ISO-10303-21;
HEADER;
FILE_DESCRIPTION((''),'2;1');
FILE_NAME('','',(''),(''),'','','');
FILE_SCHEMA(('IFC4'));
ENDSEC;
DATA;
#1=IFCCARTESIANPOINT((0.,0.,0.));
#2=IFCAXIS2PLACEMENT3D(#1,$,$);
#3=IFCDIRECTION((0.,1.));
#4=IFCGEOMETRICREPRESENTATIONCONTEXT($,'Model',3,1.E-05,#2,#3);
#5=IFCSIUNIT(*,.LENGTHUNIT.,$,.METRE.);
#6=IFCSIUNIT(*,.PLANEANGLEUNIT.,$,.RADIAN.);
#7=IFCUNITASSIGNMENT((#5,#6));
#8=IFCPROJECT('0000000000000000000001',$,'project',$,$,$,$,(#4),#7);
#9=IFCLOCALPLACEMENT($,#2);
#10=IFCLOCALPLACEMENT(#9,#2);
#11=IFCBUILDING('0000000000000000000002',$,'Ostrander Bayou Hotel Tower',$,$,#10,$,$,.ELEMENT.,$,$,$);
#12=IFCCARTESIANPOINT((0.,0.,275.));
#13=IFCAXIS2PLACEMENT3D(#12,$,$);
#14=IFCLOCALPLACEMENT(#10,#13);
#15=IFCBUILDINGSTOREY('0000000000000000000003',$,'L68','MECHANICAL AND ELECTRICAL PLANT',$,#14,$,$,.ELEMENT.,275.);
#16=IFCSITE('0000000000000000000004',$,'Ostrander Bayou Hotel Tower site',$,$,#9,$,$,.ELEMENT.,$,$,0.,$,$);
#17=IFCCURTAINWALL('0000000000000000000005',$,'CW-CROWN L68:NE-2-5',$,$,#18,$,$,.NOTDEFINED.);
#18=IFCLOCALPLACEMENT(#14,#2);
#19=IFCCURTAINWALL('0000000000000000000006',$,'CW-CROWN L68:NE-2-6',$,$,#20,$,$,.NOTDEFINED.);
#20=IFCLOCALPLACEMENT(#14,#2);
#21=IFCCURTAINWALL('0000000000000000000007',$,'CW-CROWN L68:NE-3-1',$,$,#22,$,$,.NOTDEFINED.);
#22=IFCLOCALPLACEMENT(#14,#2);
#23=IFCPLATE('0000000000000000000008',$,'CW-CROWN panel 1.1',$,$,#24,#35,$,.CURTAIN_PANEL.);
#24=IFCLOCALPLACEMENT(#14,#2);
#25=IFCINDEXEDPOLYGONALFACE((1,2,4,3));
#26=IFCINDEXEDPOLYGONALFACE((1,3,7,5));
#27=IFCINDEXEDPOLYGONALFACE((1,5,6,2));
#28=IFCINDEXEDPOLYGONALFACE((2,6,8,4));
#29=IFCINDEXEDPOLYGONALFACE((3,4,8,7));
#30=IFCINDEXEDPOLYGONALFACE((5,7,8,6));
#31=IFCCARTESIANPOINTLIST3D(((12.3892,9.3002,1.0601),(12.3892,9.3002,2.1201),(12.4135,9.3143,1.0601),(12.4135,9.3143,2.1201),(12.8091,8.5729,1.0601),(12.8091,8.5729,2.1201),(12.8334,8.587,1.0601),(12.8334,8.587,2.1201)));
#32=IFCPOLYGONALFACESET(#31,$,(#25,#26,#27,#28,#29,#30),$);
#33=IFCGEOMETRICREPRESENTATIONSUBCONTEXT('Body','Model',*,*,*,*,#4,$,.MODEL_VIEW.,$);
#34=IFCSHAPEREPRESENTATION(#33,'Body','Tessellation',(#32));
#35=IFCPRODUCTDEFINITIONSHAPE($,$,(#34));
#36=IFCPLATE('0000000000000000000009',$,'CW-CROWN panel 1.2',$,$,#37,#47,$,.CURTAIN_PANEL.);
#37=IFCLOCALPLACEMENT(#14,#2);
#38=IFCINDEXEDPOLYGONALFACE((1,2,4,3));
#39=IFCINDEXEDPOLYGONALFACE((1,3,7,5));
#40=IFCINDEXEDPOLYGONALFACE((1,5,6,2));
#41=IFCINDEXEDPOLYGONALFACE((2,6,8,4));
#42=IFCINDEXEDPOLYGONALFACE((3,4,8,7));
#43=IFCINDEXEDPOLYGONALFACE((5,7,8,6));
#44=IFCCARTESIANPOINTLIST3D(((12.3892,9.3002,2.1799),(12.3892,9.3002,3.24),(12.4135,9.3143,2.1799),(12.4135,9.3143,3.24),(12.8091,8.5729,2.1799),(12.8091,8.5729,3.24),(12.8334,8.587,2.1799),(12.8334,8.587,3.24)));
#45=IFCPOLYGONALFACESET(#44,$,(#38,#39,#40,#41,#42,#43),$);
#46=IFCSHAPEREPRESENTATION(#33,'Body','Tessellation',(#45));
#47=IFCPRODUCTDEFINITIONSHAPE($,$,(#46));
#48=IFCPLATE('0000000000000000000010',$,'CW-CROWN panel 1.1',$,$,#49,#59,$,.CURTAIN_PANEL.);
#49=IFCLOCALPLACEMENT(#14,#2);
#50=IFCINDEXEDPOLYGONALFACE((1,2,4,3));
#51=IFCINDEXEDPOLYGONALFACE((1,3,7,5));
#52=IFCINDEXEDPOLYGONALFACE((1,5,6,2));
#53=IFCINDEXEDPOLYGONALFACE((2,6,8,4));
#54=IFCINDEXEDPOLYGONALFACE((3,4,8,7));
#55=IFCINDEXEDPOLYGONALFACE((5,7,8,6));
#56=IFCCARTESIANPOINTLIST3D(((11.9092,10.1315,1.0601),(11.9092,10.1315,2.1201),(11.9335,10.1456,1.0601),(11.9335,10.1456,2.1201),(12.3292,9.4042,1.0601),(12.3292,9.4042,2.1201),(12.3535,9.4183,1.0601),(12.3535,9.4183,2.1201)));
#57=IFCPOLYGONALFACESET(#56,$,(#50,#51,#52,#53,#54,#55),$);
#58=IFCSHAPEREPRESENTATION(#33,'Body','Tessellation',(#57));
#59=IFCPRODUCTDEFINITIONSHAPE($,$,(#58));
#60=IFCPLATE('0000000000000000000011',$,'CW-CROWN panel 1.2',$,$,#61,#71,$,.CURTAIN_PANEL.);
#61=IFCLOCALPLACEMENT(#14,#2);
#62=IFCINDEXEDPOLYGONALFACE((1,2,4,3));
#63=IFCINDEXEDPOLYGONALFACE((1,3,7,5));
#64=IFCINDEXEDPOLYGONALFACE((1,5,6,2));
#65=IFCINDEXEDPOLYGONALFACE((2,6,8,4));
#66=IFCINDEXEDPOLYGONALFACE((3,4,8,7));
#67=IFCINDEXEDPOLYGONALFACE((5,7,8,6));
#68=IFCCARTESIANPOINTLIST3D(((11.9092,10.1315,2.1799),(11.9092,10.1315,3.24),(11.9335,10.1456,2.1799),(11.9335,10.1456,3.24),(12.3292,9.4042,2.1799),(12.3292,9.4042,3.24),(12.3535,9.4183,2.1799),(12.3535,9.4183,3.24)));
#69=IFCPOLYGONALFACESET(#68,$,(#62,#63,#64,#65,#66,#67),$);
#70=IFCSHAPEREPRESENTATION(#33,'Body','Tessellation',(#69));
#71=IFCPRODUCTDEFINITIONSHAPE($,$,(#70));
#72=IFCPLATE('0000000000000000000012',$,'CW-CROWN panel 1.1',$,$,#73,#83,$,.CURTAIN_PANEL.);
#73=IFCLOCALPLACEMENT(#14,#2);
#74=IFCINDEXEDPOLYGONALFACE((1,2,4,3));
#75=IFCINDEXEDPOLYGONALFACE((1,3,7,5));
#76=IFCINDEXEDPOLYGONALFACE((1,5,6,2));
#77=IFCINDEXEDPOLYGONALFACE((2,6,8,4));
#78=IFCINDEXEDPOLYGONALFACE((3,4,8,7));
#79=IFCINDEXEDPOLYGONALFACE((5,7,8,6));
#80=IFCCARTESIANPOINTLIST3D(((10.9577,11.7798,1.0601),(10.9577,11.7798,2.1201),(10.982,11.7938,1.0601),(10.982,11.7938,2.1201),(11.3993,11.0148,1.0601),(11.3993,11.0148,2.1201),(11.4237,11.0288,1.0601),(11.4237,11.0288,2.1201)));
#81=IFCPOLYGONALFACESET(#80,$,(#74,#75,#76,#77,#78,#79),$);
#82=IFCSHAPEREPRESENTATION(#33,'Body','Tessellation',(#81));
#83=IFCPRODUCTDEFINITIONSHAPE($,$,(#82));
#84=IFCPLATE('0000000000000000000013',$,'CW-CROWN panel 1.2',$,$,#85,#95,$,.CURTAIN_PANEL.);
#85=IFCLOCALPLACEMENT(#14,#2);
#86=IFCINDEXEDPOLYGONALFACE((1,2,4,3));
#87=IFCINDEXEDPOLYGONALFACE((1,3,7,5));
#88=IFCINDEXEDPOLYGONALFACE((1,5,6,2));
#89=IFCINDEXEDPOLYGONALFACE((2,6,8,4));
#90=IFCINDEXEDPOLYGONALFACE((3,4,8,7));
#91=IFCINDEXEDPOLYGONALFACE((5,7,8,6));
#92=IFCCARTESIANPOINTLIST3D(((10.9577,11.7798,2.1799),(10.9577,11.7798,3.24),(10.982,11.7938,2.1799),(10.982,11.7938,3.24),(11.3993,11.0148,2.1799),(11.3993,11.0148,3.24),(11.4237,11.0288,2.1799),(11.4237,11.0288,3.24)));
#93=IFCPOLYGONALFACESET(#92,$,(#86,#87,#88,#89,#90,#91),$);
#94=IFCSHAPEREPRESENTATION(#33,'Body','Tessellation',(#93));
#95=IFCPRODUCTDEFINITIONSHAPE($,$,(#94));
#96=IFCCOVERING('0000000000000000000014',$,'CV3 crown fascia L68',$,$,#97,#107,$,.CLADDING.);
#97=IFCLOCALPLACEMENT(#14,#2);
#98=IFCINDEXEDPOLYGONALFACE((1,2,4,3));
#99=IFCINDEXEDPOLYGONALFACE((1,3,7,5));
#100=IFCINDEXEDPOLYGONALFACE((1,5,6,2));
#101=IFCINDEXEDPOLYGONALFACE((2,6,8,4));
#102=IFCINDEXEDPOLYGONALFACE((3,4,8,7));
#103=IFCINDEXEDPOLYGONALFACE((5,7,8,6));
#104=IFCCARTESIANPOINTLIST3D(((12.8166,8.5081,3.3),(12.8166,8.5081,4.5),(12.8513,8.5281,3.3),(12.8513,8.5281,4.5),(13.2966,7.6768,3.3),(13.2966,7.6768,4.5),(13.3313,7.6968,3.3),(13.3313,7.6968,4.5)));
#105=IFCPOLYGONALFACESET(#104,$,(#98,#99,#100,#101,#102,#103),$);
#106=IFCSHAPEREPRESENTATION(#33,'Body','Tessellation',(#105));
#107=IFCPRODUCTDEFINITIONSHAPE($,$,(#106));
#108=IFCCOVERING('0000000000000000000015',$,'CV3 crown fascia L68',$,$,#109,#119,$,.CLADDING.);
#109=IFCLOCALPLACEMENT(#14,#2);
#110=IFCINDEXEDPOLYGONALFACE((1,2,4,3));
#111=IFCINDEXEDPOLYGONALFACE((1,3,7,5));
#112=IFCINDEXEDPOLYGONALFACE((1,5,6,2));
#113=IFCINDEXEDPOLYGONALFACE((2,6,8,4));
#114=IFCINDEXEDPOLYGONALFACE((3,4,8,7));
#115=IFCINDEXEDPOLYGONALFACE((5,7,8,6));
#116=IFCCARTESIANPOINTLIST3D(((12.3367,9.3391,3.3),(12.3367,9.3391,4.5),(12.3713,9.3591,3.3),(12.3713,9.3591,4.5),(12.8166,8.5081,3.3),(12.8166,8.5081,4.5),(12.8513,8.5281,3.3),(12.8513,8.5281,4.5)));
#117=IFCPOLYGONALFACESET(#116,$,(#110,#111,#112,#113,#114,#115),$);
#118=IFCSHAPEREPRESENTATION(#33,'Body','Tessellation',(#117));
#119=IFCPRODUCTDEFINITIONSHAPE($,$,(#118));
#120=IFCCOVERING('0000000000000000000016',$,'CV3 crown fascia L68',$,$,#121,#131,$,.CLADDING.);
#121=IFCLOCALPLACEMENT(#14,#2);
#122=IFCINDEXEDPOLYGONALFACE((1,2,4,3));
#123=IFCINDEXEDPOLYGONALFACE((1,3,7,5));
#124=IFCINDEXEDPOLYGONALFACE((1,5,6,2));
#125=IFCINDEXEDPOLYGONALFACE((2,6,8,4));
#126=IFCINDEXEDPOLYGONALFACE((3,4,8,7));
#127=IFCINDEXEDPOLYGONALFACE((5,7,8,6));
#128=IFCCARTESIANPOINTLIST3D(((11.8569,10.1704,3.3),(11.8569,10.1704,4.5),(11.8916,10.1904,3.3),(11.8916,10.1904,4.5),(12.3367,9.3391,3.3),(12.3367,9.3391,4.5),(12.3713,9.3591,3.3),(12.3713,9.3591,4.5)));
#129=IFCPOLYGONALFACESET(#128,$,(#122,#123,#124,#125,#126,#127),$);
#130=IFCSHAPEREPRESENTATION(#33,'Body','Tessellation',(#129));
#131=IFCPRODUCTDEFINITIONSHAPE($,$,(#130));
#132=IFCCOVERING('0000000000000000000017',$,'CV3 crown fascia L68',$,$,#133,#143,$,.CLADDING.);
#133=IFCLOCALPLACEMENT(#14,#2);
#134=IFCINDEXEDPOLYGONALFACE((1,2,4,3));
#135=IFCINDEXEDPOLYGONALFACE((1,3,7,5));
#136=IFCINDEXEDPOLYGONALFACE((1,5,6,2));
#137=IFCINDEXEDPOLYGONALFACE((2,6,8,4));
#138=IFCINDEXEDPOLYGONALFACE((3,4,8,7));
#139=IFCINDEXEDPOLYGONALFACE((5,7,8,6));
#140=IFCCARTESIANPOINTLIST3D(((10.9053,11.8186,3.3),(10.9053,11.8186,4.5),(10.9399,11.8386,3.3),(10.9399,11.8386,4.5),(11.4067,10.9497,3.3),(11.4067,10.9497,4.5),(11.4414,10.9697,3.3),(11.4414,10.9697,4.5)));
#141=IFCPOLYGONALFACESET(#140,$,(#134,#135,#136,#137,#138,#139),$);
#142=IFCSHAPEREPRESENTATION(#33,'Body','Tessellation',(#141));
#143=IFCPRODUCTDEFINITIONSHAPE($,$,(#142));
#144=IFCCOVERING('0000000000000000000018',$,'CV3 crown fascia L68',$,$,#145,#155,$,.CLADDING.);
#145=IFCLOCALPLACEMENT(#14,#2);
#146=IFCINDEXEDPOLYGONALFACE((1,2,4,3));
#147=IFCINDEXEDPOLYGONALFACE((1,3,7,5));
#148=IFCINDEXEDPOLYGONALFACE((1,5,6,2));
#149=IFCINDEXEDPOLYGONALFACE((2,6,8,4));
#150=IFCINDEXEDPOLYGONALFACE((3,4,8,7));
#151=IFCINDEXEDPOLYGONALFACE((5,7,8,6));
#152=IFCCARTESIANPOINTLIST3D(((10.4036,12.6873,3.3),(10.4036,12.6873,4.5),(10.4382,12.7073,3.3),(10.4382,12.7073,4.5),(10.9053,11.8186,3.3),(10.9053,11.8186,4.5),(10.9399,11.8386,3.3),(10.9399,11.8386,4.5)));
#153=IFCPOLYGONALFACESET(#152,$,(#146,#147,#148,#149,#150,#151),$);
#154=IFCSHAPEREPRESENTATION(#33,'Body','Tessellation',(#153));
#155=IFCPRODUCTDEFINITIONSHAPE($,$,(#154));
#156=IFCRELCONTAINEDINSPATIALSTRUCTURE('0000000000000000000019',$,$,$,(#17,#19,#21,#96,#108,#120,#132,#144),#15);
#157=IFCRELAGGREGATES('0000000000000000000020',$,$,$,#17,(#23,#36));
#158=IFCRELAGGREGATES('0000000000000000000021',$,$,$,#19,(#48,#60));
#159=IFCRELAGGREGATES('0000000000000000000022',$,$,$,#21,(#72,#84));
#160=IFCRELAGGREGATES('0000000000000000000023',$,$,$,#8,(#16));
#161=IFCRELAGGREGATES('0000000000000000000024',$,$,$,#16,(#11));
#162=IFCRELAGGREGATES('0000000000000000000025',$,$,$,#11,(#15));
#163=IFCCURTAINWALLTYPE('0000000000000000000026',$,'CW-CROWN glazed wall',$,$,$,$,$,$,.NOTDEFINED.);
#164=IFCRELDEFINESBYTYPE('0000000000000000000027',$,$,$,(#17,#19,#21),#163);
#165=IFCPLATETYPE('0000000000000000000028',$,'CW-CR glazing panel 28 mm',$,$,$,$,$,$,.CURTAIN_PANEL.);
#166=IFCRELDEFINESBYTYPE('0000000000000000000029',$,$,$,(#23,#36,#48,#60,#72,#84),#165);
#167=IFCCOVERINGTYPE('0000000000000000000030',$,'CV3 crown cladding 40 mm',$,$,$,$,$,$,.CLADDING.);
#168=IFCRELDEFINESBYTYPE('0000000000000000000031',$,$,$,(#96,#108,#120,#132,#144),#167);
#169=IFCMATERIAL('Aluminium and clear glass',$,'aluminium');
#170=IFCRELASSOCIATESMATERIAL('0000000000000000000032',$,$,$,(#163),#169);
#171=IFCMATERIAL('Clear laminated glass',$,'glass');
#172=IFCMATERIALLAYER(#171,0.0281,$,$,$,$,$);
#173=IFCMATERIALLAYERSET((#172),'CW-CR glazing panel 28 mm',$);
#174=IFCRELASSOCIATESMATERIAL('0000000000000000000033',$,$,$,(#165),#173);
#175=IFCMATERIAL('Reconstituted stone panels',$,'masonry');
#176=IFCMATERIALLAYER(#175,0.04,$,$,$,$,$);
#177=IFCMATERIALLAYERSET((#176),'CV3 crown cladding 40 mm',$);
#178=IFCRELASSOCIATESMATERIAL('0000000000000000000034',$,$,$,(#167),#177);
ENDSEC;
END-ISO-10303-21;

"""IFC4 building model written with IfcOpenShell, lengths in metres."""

from ifc_helpers import new_model, si_unit, direction, frame, origin, origin_2d, place, context, subcontext, project, spatial, polyline, rectangle, outline, extrude, material, layer, layer_set, type_object, element, aggregate, save


model = new_model("IFC4")

# Units and contexts
model_context = context("Model", 3, precision=1e-05, world=origin(), true_north=direction((0.0, 1.0)))
body_context = subcontext(model_context, "Body", "Model", "MODEL_VIEW")
ifc_project = project(units=[si_unit("LENGTHUNIT", "METRE"), si_unit("PLANEANGLEUNIT", "RADIAN")], contexts=[model_context])

# Site, building, storey
site_placement = place(None, origin())
site = spatial("IfcSite", under=ifc_project, at=site_placement, Name="Ostrander Bayou Hotel Tower site", CompositionType="ELEMENT", RefElevation=0.0)
building_placement = place(site_placement, origin())
building = spatial("IfcBuilding", under=site, at=building_placement, Name="Ostrander Bayou Hotel Tower", CompositionType="ELEMENT")
storey_placement = place(building_placement, frame((0.0, 0.0, 275.0)))
storey = spatial("IfcBuildingStorey", under=building, at=storey_placement, Name="L68", Description="MECHANICAL AND ELECTRICAL PLANT", CompositionType="ELEMENT", Elevation=275.0)

# Curtain walls
ifc_material_1 = material(Name="Aluminium and clear glass", Category="aluminium")
curtain_wall_type = type_object("IfcCurtainWallType", Name="CW-CROWN glazed wall", PredefinedType="NOTDEFINED", material=ifc_material_1)
curtain_wall_1_placement = place(storey_placement, origin())
curtain_wall_1 = element("IfcCurtainWall", 1, at=curtain_wall_1_placement, inside=storey, type_object=curtain_wall_type, Name="CW-CROWN L68:NE-2-5", PredefinedType="NOTDEFINED")
curtain_wall_2_placement = place(storey_placement, origin())
curtain_wall_2 = element("IfcCurtainWall", 2, at=curtain_wall_2_placement, inside=storey, type_object=curtain_wall_type, Name="CW-CROWN L68:NE-2-6", PredefinedType="NOTDEFINED")
curtain_wall_3_placement = place(storey_placement, origin())
curtain_wall_3 = element("IfcCurtainWall", 3, at=curtain_wall_3_placement, inside=storey, type_object=curtain_wall_type, Name="CW-CROWN L68:NE-3-1", PredefinedType="NOTDEFINED")

# Plates
ifc_material_2 = material(Name="Clear laminated glass", Category="glass")
ifc_layer_1 = layer(ifc_material_2, 0.0281)
ifc_layer_set_1 = layer_set([ifc_layer_1], Name="CW-CR glazing panel 28 mm")
plate_type = type_object("IfcPlateType", Name="CW-CR glazing panel 28 mm", PredefinedType="CURTAIN_PANEL", material=ifc_layer_set_1)
plate_1_placement = place(storey_placement, frame((12.6113, 8.9436, 1.0601), z_axis=(0.0, 0.0, 1.0), x_axis=(-0.500005, 0.866022, 0.0)))
plate_1 = element("IfcPlate", 4, at=plate_1_placement, type_object=plate_type, Name="CW-CROWN panel 1.1", PredefinedType="CURTAIN_PANEL", context=body_context, shape_type="SweptSolid", body=[
    extrude(rectangle(XDim=0.8398, YDim=0.0281, at=origin_2d()), origin(), (0.0, 0.0, 1.0), 1.0601),
])
plate_2_placement = place(storey_placement, frame((12.6113, 8.9436, 2.1799), z_axis=(0.0, 0.0, 1.0), x_axis=(-0.500005, 0.866022, 0.0)))
plate_2 = element("IfcPlate", 5, at=plate_2_placement, type_object=plate_type, Name="CW-CROWN panel 1.2", PredefinedType="CURTAIN_PANEL", context=body_context, shape_type="SweptSolid", body=[
    extrude(rectangle(XDim=0.8398, YDim=0.0281, at=origin_2d()), origin(), (0.0, 0.0, 1.0), 1.0601),
])
aggregate(curtain_wall_1, [plate_1, plate_2])
plate_3_placement = place(storey_placement, frame((12.1313, 9.7749, 1.0601), z_axis=(0.0, 0.0, 1.0), x_axis=(-0.500005, 0.866022, 0.0)))
plate_3 = element("IfcPlate", 6, at=plate_3_placement, type_object=plate_type, Name="CW-CROWN panel 1.1", PredefinedType="CURTAIN_PANEL", context=body_context, shape_type="SweptSolid", body=[
    extrude(rectangle(XDim=0.8398, YDim=0.0281, at=origin_2d()), origin(), (0.0, 0.0, 1.0), 1.0601),
])
plate_4_placement = place(storey_placement, frame((12.1313, 9.7749, 2.1799), z_axis=(0.0, 0.0, 1.0), x_axis=(-0.500005, 0.866022, 0.0)))
plate_4 = element("IfcPlate", 7, at=plate_4_placement, type_object=plate_type, Name="CW-CROWN panel 1.2", PredefinedType="CURTAIN_PANEL", context=body_context, shape_type="SweptSolid", body=[
    extrude(rectangle(XDim=0.8398, YDim=0.0281, at=origin_2d()), origin(), (0.0, 0.0, 1.0), 1.0601),
])
aggregate(curtain_wall_2, [plate_3, plate_4])
plate_5_placement = place(storey_placement, frame((11.1907, 11.4043, 1.0601), z_axis=(0.0, 0.0, 1.0), x_axis=(-0.499999, 0.866026, 0.0)))
plate_5 = element("IfcPlate", 8, at=plate_5_placement, type_object=plate_type, Name="CW-CROWN panel 1.1", PredefinedType="CURTAIN_PANEL", context=body_context, shape_type="SweptSolid", body=[
    extrude(rectangle(XDim=0.8833, YDim=0.0281, at=origin_2d()), origin(), (0.0, 0.0, 1.0), 1.0601),
])
plate_6_placement = place(storey_placement, frame((11.1907, 11.4043, 2.1799), z_axis=(0.0, 0.0, 1.0), x_axis=(-0.499999, 0.866026, 0.0)))
plate_6 = element("IfcPlate", 9, at=plate_6_placement, type_object=plate_type, Name="CW-CROWN panel 1.2", PredefinedType="CURTAIN_PANEL", context=body_context, shape_type="SweptSolid", body=[
    extrude(rectangle(XDim=0.8833, YDim=0.0281, at=origin_2d()), origin(), (0.0, 0.0, 1.0), 1.0601),
])
aggregate(curtain_wall_3, [plate_5, plate_6])

# Coverings
ifc_material_3 = material(Name="Reconstituted stone panels", Category="masonry")
ifc_layer_2 = layer(ifc_material_3, 0.04)
ifc_layer_set_2 = layer_set([ifc_layer_2], Name="CV3 crown cladding 40 mm")
covering_type = type_object("IfcCoveringType", Name="CV3 crown cladding 40 mm", PredefinedType="CLADDING", material=ifc_layer_set_2)
covering_1_placement = place(storey_placement, frame((13.3313, 7.6968, 3.3), z_axis=(0.866012, 0.500023, 0.0), x_axis=(-0.500023, 0.866012, 0.0)))
element("IfcCovering", 10, at=covering_1_placement, inside=storey, type_object=covering_type, Name="CV3 crown fascia L68", PredefinedType="CLADDING", context=body_context, shape_type="SweptSolid", body=[
    extrude(outline(polyline([(0.0, 0.0), (0.9599, 0.0), (0.9599, 1.2), (0.0, 1.2), (0.0, 0.0)])), origin(), (0.0, 0.0, -1.0), 0.04),
])
covering_2_placement = place(storey_placement, frame((12.8513, 8.5281, 3.3), z_axis=(0.865948, 0.500133, 0.0), x_axis=(-0.500133, 0.865948, 0.0)))
element("IfcCovering", 11, at=covering_2_placement, inside=storey, type_object=covering_type, Name="CV3 crown fascia L68", PredefinedType="CLADDING", context=body_context, shape_type="SweptSolid", body=[
    extrude(outline(polyline([(0.0, 0.0), (0.9597, 0.0), (0.9597, 1.2), (0.0, 1.2), (0.0, 0.0)])), origin(), (0.0, 0.0, -1.0), 0.04),
])
covering_3_placement = place(storey_placement, frame((12.3713, 9.3591, 3.3), z_axis=(0.866122, 0.499833, 0.0), x_axis=(-0.499833, 0.866122, 0.0)))
element("IfcCovering", 12, at=covering_3_placement, inside=storey, type_object=covering_type, Name="CV3 crown fascia L68", PredefinedType="CLADDING", context=body_context, shape_type="SweptSolid", body=[
    extrude(outline(polyline([(0.0, 0.0), (0.9598, 0.0), (0.9598, 1.2), (0.0, 1.2), (0.0, 0.0)])), origin(), (0.0, 0.0, -1.0), 0.04),
])
covering_4_placement = place(storey_placement, frame((11.4414, 10.9697, 3.3), z_axis=(0.866109, 0.499856, 0.0), x_axis=(-0.499856, 0.866109, 0.0)))
element("IfcCovering", 13, at=covering_4_placement, inside=storey, type_object=covering_type, Name="CV3 crown fascia L68", PredefinedType="CLADDING", context=body_context, shape_type="SweptSolid", body=[
    extrude(outline(polyline([(0.0, 0.0), (1.0032, 0.0), (1.0032, 1.2), (0.0, 1.2), (0.0, 0.0)])), origin(), (0.0, 0.0, -1.0), 0.04),
])
covering_5_placement = place(storey_placement, frame((10.9399, 11.8386, 3.3), z_axis=(0.865942, 0.500144, 0.0), x_axis=(-0.500144, 0.865942, 0.0)))
element("IfcCovering", 14, at=covering_5_placement, inside=storey, type_object=covering_type, Name="CV3 crown fascia L68", PredefinedType="CLADDING", context=body_context, shape_type="SweptSolid", body=[
    extrude(outline(polyline([(0.0, 0.0), (1.0031, 0.0), (1.0031, 1.2), (0.0, 1.2), (0.0, 0.0)])), origin(), (0.0, 0.0, -1.0), 0.04),
])

save(model, "model.ifc")
